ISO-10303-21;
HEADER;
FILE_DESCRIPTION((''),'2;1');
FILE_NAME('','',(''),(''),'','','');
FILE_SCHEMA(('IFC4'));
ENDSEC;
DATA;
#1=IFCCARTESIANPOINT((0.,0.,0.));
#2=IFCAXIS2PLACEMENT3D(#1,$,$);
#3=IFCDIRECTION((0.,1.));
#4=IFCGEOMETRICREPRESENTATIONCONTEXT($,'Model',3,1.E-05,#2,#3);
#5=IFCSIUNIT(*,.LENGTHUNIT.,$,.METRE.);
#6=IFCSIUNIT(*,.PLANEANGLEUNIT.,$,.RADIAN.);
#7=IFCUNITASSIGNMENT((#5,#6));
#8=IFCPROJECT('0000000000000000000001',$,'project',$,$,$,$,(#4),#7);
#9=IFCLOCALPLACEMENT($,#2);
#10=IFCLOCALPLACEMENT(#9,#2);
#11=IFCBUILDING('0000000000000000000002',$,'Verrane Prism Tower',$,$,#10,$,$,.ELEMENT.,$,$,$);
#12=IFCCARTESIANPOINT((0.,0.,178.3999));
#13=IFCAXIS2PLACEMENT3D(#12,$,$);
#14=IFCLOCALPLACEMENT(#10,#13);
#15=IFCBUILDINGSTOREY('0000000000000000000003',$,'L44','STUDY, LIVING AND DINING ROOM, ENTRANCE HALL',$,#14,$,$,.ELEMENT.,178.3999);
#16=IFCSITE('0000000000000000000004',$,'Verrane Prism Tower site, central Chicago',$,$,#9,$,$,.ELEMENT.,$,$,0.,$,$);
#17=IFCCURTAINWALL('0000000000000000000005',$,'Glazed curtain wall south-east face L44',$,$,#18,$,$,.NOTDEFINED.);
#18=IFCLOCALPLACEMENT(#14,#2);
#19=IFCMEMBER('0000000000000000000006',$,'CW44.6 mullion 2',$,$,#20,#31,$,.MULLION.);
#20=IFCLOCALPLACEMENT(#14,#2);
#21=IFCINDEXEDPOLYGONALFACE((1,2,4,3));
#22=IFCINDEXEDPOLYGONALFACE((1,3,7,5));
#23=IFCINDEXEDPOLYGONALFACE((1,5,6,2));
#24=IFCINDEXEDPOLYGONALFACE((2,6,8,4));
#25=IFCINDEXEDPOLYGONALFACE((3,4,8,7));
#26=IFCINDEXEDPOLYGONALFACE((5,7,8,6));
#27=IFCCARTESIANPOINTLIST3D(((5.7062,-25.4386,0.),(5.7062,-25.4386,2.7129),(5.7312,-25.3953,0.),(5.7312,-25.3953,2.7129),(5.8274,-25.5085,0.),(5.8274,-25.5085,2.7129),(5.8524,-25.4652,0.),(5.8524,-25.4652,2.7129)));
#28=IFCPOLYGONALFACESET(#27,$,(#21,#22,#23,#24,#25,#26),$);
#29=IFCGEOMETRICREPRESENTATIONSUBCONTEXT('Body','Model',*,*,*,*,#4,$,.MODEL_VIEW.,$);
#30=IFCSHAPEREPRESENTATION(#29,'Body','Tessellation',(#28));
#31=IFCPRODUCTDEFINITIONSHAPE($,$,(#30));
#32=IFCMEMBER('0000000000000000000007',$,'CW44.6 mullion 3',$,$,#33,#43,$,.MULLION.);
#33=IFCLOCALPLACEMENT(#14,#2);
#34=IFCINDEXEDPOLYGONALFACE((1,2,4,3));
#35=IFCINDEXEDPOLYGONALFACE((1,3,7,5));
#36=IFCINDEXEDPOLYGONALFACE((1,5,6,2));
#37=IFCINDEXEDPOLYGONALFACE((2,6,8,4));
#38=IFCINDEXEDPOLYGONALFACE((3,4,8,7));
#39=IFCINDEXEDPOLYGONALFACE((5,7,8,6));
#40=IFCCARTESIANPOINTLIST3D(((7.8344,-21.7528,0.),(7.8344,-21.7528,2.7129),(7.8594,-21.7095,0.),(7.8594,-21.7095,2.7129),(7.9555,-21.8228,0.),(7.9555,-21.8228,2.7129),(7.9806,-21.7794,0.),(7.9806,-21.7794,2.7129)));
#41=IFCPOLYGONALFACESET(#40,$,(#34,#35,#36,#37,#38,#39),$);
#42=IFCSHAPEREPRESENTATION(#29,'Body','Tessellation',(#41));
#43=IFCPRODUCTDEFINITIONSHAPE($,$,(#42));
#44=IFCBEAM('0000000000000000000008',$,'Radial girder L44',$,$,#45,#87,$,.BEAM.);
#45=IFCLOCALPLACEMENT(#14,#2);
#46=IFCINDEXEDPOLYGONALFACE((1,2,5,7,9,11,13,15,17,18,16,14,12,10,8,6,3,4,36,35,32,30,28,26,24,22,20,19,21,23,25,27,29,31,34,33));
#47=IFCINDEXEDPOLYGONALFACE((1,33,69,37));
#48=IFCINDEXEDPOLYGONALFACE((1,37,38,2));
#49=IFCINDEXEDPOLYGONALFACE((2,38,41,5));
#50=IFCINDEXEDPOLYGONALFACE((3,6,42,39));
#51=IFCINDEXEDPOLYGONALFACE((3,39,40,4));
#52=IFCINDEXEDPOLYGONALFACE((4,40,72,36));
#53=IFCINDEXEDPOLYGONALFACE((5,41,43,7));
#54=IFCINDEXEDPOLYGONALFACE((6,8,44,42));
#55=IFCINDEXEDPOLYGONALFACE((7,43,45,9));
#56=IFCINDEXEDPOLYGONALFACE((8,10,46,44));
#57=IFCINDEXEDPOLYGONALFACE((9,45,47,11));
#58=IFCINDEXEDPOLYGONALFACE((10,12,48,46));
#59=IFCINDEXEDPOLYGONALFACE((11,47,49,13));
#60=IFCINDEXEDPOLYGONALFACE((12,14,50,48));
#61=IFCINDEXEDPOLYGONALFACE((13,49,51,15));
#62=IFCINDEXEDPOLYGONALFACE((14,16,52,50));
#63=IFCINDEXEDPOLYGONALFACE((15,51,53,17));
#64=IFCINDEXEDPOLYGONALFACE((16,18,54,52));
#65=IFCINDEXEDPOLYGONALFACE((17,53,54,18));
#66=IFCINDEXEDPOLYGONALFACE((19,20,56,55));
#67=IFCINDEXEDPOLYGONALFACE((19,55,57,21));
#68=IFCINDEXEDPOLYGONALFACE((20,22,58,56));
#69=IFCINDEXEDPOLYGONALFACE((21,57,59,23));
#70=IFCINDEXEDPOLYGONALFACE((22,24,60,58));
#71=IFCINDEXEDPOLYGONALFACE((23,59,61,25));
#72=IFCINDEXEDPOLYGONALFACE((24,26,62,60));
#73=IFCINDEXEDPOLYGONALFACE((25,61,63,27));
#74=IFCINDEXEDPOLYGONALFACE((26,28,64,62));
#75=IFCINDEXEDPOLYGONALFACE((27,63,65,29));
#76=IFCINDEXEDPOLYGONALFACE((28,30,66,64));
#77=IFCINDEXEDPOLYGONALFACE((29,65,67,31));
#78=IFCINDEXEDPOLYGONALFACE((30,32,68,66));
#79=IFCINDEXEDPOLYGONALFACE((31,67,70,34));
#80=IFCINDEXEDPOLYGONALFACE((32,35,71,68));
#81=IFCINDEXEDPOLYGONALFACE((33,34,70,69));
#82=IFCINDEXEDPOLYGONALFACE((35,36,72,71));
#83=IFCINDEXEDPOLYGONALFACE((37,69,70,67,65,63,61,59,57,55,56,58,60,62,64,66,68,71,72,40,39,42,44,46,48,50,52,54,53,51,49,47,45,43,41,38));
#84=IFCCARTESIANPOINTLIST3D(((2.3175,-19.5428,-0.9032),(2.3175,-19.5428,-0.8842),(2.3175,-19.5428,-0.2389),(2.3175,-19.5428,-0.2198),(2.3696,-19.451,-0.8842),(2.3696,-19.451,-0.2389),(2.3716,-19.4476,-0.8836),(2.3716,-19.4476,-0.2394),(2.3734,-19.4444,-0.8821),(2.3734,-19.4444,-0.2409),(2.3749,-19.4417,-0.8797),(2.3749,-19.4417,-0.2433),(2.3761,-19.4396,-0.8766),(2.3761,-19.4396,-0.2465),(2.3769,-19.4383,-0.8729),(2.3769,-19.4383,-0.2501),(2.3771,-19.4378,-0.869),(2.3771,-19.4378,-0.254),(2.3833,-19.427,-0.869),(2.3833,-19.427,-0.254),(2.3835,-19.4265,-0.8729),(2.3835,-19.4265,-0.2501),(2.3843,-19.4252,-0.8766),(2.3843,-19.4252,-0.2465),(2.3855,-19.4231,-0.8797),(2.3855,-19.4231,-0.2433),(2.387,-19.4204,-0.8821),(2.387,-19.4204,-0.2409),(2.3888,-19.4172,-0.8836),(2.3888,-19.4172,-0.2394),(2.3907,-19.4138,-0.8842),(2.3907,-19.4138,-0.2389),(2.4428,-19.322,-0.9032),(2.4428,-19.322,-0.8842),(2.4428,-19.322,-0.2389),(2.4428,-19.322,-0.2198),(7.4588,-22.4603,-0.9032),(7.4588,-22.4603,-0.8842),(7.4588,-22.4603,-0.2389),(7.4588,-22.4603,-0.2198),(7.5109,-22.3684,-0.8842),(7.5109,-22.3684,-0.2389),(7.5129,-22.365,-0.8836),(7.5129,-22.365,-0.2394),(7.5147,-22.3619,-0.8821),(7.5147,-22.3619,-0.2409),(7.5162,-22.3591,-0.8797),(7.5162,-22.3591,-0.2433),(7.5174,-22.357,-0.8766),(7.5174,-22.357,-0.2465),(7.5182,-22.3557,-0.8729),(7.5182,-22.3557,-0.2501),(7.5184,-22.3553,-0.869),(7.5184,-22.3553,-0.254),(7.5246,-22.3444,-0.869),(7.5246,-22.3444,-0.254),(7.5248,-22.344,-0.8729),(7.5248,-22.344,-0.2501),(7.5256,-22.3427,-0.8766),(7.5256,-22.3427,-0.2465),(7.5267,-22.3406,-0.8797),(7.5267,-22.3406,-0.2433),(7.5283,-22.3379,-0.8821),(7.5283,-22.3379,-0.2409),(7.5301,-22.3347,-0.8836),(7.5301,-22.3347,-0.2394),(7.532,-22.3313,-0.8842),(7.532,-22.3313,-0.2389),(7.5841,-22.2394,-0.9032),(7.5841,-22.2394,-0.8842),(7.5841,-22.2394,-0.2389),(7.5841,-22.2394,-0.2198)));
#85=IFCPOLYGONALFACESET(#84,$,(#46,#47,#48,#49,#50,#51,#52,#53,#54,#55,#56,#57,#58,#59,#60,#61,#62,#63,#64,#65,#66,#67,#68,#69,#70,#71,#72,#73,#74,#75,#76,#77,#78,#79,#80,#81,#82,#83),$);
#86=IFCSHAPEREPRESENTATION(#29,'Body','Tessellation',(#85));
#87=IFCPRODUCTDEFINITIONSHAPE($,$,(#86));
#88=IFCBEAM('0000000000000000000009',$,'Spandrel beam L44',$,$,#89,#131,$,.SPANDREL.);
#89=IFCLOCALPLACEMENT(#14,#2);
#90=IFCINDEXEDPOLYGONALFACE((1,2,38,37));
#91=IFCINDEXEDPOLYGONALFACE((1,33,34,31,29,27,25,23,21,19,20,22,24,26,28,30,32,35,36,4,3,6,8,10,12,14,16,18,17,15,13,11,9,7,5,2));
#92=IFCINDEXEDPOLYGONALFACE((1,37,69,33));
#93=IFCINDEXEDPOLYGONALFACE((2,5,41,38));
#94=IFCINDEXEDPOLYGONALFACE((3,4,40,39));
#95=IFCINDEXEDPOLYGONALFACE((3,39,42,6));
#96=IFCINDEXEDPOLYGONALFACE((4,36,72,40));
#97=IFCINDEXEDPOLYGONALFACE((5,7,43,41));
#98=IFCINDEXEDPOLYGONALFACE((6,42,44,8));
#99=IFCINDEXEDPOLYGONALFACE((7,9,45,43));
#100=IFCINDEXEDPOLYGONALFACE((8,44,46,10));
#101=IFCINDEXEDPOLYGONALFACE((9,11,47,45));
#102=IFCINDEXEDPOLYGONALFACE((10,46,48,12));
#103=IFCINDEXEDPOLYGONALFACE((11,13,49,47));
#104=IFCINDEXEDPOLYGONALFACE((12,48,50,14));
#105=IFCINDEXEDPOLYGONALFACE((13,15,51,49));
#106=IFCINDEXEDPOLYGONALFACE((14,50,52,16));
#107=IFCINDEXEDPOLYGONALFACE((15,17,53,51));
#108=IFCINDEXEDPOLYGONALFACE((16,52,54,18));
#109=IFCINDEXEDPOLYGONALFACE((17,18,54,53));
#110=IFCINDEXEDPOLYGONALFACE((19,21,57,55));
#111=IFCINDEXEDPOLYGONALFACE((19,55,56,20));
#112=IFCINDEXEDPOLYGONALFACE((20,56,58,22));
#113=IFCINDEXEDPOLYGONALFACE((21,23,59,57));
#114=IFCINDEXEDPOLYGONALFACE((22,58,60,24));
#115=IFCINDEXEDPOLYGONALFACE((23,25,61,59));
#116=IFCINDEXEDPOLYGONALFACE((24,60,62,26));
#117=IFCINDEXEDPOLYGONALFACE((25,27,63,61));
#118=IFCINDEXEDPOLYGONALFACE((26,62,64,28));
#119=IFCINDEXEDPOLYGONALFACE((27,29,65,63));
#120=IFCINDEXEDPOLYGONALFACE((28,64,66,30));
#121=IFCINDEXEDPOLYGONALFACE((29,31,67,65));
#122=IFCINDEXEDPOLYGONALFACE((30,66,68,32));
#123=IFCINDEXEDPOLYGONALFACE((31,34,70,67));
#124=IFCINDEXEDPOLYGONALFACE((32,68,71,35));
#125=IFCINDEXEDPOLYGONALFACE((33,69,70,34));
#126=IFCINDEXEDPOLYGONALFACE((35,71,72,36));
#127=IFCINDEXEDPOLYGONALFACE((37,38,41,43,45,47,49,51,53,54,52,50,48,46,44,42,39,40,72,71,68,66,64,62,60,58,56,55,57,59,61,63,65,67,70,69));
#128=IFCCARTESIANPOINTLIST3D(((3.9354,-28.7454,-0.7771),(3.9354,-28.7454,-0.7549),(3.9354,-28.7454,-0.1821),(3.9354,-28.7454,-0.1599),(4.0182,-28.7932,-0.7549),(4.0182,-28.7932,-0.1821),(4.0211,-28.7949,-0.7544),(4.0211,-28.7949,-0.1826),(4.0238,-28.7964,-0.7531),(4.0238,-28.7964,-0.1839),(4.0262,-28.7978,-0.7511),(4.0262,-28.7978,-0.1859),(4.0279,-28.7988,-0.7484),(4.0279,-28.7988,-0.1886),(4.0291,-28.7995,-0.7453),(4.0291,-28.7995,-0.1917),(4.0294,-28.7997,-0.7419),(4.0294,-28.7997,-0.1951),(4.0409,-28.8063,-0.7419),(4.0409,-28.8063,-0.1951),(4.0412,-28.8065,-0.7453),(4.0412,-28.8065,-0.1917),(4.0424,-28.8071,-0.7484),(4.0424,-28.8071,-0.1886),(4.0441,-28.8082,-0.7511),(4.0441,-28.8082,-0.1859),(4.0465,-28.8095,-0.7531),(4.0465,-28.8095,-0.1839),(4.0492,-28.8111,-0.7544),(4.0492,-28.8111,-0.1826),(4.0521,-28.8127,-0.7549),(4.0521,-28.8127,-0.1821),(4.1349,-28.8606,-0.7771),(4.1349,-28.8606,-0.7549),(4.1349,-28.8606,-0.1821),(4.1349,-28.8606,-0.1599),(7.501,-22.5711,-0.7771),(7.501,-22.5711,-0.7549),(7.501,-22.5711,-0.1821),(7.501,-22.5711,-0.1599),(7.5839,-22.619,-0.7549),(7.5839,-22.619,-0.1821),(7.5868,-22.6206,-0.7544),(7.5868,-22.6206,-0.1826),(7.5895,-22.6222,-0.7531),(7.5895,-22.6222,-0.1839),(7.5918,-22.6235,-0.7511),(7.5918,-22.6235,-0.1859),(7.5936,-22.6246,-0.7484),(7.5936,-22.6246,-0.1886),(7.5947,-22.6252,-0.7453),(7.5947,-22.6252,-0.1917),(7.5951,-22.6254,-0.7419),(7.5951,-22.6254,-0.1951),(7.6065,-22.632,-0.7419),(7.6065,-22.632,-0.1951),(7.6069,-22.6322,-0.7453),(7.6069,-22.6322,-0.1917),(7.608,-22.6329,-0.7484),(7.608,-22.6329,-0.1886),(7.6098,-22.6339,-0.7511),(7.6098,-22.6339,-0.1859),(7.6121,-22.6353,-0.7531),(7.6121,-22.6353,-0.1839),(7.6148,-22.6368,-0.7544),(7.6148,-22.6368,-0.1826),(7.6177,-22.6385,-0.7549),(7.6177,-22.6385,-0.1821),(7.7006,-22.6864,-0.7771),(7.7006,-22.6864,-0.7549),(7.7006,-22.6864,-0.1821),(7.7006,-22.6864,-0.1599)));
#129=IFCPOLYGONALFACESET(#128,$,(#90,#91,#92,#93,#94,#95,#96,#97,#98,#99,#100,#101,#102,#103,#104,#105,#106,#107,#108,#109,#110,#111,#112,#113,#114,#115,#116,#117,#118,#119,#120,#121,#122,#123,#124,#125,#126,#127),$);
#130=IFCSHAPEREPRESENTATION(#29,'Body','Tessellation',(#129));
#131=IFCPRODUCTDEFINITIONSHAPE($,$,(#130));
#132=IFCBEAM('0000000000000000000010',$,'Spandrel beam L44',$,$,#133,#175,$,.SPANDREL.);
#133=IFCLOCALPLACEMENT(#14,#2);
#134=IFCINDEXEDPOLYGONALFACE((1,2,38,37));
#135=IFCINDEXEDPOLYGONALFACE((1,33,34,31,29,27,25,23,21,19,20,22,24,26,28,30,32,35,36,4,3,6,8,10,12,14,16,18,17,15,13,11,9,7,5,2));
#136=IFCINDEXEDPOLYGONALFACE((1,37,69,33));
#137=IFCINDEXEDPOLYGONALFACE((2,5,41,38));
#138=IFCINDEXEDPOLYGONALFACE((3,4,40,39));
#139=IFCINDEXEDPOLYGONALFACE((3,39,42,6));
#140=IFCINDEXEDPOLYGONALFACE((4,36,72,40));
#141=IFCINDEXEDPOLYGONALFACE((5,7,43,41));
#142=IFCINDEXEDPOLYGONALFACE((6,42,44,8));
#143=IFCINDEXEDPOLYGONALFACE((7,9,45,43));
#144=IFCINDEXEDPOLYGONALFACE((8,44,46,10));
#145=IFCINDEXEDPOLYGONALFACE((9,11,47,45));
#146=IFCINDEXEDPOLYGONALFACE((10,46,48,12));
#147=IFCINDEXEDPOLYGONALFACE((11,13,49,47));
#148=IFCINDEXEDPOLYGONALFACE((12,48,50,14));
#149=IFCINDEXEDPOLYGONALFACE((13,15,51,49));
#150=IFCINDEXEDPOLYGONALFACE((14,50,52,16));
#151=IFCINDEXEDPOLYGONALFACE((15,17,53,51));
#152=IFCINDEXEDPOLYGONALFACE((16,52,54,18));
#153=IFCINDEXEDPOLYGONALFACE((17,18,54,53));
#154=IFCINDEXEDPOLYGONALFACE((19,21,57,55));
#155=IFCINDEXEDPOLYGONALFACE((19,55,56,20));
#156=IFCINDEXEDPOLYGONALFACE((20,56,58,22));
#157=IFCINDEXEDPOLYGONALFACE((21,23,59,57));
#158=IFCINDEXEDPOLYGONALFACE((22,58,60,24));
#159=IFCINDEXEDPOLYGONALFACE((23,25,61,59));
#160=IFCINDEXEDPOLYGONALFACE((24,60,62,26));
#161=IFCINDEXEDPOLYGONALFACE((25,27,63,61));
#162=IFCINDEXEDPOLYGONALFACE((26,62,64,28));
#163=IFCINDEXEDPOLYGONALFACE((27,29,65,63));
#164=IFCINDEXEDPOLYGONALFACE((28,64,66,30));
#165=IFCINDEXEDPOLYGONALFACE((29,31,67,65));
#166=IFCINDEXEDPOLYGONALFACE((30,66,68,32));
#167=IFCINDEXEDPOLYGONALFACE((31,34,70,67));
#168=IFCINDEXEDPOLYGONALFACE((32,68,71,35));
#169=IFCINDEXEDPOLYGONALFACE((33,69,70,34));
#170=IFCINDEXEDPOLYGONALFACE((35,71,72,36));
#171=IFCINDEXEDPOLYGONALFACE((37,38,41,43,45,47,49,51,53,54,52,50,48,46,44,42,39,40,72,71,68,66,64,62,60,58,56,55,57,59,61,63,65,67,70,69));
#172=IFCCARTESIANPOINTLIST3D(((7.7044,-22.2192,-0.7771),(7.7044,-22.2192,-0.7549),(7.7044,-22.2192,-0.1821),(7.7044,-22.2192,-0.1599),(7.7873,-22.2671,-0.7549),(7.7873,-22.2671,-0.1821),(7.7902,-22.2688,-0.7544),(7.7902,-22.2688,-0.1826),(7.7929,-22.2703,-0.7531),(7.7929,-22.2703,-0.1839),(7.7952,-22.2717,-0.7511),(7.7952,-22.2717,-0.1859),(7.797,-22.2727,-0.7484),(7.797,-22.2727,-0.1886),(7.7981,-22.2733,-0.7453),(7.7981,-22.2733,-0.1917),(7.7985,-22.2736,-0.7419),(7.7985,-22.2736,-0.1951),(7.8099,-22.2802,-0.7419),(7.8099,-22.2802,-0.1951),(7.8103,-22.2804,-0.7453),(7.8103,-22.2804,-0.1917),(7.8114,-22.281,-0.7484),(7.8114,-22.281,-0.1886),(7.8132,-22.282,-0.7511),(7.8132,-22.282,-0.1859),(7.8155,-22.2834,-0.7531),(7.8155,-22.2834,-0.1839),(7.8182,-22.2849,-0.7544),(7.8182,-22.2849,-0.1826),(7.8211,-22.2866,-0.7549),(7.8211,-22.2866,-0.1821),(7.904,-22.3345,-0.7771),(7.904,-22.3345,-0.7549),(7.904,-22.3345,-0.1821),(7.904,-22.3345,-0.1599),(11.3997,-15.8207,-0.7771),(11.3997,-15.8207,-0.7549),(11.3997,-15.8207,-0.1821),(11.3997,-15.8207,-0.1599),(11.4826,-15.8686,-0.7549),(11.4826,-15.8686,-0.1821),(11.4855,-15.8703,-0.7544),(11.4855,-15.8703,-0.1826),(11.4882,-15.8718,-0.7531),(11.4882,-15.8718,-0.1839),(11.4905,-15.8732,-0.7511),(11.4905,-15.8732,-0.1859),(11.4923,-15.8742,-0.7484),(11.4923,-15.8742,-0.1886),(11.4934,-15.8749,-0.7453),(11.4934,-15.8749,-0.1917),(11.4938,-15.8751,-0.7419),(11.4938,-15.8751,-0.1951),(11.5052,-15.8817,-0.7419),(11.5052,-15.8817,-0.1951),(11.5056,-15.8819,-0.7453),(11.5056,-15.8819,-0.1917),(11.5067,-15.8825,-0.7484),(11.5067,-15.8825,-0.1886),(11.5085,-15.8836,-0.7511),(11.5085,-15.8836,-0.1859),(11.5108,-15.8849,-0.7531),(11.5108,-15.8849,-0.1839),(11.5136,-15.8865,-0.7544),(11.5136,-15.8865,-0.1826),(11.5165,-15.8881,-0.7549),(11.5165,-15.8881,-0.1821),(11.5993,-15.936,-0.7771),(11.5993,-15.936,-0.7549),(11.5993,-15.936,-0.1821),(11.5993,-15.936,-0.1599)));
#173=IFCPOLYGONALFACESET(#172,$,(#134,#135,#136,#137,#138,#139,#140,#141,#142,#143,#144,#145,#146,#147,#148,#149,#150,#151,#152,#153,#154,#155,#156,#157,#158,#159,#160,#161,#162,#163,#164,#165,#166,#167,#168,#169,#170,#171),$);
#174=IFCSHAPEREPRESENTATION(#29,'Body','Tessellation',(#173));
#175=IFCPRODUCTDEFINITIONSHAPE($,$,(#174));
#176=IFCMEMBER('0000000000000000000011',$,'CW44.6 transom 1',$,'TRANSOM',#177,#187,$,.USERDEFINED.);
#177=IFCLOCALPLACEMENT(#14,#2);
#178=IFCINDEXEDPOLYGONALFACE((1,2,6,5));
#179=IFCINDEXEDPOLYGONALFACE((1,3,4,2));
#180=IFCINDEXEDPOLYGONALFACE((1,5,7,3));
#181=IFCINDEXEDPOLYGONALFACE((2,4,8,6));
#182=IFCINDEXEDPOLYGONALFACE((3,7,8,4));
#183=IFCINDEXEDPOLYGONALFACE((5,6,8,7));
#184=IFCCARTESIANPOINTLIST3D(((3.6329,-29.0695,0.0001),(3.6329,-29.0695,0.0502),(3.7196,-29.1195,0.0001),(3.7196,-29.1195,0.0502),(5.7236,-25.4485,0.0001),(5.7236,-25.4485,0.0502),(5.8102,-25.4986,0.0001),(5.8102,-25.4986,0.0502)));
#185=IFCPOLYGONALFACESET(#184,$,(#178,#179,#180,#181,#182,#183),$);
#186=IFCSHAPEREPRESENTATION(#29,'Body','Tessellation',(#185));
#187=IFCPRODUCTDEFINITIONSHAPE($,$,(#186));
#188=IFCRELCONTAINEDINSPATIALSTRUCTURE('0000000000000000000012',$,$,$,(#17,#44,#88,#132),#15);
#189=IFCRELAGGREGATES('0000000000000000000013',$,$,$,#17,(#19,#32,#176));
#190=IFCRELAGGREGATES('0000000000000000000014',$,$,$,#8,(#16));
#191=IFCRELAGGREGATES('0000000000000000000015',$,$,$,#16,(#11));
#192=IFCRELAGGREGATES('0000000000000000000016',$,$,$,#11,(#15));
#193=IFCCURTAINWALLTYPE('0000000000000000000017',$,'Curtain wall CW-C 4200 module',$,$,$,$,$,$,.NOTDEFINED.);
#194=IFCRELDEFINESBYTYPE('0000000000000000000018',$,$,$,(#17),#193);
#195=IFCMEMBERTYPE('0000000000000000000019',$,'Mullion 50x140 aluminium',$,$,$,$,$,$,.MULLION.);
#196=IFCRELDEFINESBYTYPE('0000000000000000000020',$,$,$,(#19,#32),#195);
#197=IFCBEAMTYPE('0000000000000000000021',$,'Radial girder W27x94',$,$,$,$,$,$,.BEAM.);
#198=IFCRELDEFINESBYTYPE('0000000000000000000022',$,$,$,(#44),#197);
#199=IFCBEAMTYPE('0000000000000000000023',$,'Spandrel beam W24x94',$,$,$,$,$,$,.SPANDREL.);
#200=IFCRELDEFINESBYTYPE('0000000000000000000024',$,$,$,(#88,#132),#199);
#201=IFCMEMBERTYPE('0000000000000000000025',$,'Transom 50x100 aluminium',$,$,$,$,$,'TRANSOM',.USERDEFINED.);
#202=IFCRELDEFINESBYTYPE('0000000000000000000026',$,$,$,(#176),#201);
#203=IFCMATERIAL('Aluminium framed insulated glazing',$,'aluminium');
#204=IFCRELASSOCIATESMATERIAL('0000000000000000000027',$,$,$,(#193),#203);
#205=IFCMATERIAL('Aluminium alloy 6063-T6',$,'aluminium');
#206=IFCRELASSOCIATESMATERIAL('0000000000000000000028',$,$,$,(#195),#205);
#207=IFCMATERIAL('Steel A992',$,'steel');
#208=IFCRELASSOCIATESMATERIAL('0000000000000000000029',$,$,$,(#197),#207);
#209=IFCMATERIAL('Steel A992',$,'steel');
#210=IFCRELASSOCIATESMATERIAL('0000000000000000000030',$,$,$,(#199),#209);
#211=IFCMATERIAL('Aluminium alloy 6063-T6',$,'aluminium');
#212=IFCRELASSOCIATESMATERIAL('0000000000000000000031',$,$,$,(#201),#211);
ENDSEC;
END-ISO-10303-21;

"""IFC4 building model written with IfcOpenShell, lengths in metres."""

from ifc_helpers import new_model, si_unit, direction, frame, origin, origin_2d, place, context, subcontext, project, spatial, rectangle, i_section, extrude, material, material_profile, profile_set, type_object, element, aggregate, save


model = new_model("IFC4")

# Units and contexts
model_context = context("Model", 3, precision=1e-05, world=origin(), true_north=direction((0.0, 1.0)))
body_context = subcontext(model_context, "Body", "Model", "MODEL_VIEW")
ifc_project = project(units=[si_unit("LENGTHUNIT", "METRE"), si_unit("PLANEANGLEUNIT", "RADIAN")], contexts=[model_context])

# Site, building, storey
site_placement = place(None, origin())
site = spatial("IfcSite", under=ifc_project, at=site_placement, Name="Verrane Prism Tower site, central Chicago", CompositionType="ELEMENT", RefElevation=0.0)
building_placement = place(site_placement, origin())
building = spatial("IfcBuilding", under=site, at=building_placement, Name="Verrane Prism Tower", CompositionType="ELEMENT")
storey_placement = place(building_placement, frame((0.0, 0.0, 178.3999)))
storey = spatial("IfcBuildingStorey", under=building, at=storey_placement, Name="L44", Description="STUDY, LIVING AND DINING ROOM, ENTRANCE HALL", CompositionType="ELEMENT", Elevation=178.3999)

# Curtain wall, members
ifc_material_1 = material(Name="Aluminium framed insulated glazing", Category="aluminium")
curtain_wall_type_1 = type_object("IfcCurtainWallType", Name="Curtain wall CW-C 4200 module", PredefinedType="NOTDEFINED", material=ifc_material_1)
curtain_wall_1_placement = place(storey_placement, origin())
curtain_wall_1 = element("IfcCurtainWall", 1, at=curtain_wall_1_placement, inside=storey, type_object=curtain_wall_type_1, Name="Glazed curtain wall south-east face L44", PredefinedType="NOTDEFINED")
ifc_material_2 = material(Name="Aluminium alloy 6063-T6", Category="aluminium")
ifc_material_profile_1 = material_profile(ifc_material_2, rectangle(XDim=0.1399, YDim=0.05, at=origin_2d()), Name="Mullion 50x140 aluminium")
ifc_profile_set_1 = profile_set([ifc_material_profile_1], Name="Aluminium alloy 6063-T6")
member_type_1 = type_object("IfcMemberType", Name="Mullion 50x140 aluminium", PredefinedType="MULLION", material=ifc_profile_set_1)
member_1_placement = place(storey_placement, frame((5.7793, -25.4519, 0.0), z_axis=(0.0, 0.0, 1.0), x_axis=(-0.866026, 0.499999, 0.0)))
member_1 = element("IfcMember", 2, at=member_1_placement, type_object=member_type_1, Name="CW44.6 mullion 2", PredefinedType="MULLION", context=body_context, shape_type="SweptSolid", body=[
    extrude(rectangle(XDim=0.1399, YDim=0.05, at=origin_2d()), origin(), (0.0, 0.0, 1.0), 2.7129),
])
member_2_placement = place(storey_placement, frame((7.9075, -21.7661, 0.0), z_axis=(0.0, 0.0, 1.0), x_axis=(-0.866026, 0.499999, 0.0)))
member_2 = element("IfcMember", 3, at=member_2_placement, type_object=member_type_1, Name="CW44.6 mullion 3", PredefinedType="MULLION", context=body_context, shape_type="SweptSolid", body=[
    extrude(rectangle(XDim=0.1399, YDim=0.05, at=origin_2d()), origin(), (0.0, 0.0, 1.0), 2.7129),
])

# Beams
ifc_material_3 = material(Name="Steel A992", Category="steel")
ifc_material_profile_2 = material_profile(ifc_material_3, i_section(OverallWidth=0.2539, OverallDepth=0.6833, WebThickness=0.0125, FlangeThickness=0.019, FilletRadius=0.0151, at=origin_2d()), Name="W27x94")
ifc_profile_set_2 = profile_set([ifc_material_profile_2], Name="Steel A992")
beam_type_1 = type_object("IfcBeamType", Name="Radial girder W27x94", PredefinedType="BEAM", material=ifc_profile_set_2)
beam_1_placement = place(storey_placement, frame((7.5215, -22.3499, -0.5615), z_axis=(-0.869729, 0.49353, 0.0), x_axis=(-0.49353, -0.869729, 0.0)))
element("IfcBeam", 4, at=beam_1_placement, inside=storey, type_object=beam_type_1, Name="Radial girder L44", PredefinedType="BEAM", context=body_context, shape_type="SweptSolid", body=[
    extrude(i_section(OverallWidth=0.2539, OverallDepth=0.6833, WebThickness=0.0125, FlangeThickness=0.019, FilletRadius=0.0151, at=origin_2d()), origin(), (0.0, 0.0, 1.0), 5.9114),
])
ifc_material_4 = material(Name="Steel A992", Category="steel")
ifc_material_profile_3 = material_profile(ifc_material_4, i_section(OverallWidth=0.2305, OverallDepth=0.6172, WebThickness=0.0132, FlangeThickness=0.0222, FilletRadius=0.0129, at=origin_2d()), Name="W24x94")
ifc_profile_set_3 = profile_set([ifc_material_profile_3], Name="Steel A992")
beam_type_2 = type_object("IfcBeamType", Name="Spandrel beam W24x94", PredefinedType="SPANDREL", material=ifc_profile_set_3)
beam_2_placement = place(storey_placement, frame((4.0352, -28.803, -0.4685), z_axis=(0.500098, 0.865969, 0.0), x_axis=(-0.865969, 0.500098, 0.0)))
element("IfcBeam", 5, at=beam_2_placement, inside=storey, type_object=beam_type_2, Name="Spandrel beam L44", PredefinedType="SPANDREL", context=body_context, shape_type="SweptSolid", body=[
    extrude(i_section(OverallWidth=0.2305, OverallDepth=0.6172, WebThickness=0.0132, FlangeThickness=0.0222, FilletRadius=0.0129, at=origin_2d()), origin(), (0.0, 0.0, 1.0), 7.1299),
])
beam_3_placement = place(storey_placement, frame((7.8042, -22.2769, -0.4685), z_axis=(0.500119, 0.865957, 0.0), x_axis=(-0.865957, 0.500119, 0.0)))
element("IfcBeam", 6, at=beam_3_placement, inside=storey, type_object=beam_type_2, Name="Spandrel beam L44", PredefinedType="SPANDREL", context=body_context, shape_type="SweptSolid", body=[
    extrude(i_section(OverallWidth=0.2305, OverallDepth=0.6172, WebThickness=0.0132, FlangeThickness=0.0222, FilletRadius=0.0129, at=origin_2d()), origin(), (0.0, 0.0, 1.0), 7.3889),
])

# Member
ifc_material_5 = material(Name="Aluminium alloy 6063-T6", Category="aluminium")
ifc_material_profile_4 = material_profile(ifc_material_5, rectangle(XDim=0.1001, YDim=0.05, at=origin_2d()), Name="Transom 50x100 aluminium")
ifc_profile_set_4 = profile_set([ifc_material_profile_4], Name="Aluminium alloy 6063-T6")
member_type_2 = type_object("IfcMemberType", Name="Transom 50x100 aluminium", ElementType="TRANSOM", PredefinedType="USERDEFINED", material=ifc_profile_set_4)
member_3_placement = place(storey_placement, frame((3.6763, -29.0945, 0.0251), z_axis=(0.500014, 0.866017, 0.0), x_axis=(-0.866017, 0.500014, 0.0)))
member_3 = element("IfcMember", 7, at=member_3_placement, type_object=member_type_2, Name="CW44.6 transom 1", ObjectType="TRANSOM", PredefinedType="USERDEFINED", context=body_context, shape_type="SweptSolid", body=[
    extrude(rectangle(XDim=0.1001, YDim=0.05, at=origin_2d()), origin(), (0.0, 0.0, 1.0), 4.1812),
])

aggregate(curtain_wall_1, [member_1, member_2, member_3])

save(model, "model.ifc")
